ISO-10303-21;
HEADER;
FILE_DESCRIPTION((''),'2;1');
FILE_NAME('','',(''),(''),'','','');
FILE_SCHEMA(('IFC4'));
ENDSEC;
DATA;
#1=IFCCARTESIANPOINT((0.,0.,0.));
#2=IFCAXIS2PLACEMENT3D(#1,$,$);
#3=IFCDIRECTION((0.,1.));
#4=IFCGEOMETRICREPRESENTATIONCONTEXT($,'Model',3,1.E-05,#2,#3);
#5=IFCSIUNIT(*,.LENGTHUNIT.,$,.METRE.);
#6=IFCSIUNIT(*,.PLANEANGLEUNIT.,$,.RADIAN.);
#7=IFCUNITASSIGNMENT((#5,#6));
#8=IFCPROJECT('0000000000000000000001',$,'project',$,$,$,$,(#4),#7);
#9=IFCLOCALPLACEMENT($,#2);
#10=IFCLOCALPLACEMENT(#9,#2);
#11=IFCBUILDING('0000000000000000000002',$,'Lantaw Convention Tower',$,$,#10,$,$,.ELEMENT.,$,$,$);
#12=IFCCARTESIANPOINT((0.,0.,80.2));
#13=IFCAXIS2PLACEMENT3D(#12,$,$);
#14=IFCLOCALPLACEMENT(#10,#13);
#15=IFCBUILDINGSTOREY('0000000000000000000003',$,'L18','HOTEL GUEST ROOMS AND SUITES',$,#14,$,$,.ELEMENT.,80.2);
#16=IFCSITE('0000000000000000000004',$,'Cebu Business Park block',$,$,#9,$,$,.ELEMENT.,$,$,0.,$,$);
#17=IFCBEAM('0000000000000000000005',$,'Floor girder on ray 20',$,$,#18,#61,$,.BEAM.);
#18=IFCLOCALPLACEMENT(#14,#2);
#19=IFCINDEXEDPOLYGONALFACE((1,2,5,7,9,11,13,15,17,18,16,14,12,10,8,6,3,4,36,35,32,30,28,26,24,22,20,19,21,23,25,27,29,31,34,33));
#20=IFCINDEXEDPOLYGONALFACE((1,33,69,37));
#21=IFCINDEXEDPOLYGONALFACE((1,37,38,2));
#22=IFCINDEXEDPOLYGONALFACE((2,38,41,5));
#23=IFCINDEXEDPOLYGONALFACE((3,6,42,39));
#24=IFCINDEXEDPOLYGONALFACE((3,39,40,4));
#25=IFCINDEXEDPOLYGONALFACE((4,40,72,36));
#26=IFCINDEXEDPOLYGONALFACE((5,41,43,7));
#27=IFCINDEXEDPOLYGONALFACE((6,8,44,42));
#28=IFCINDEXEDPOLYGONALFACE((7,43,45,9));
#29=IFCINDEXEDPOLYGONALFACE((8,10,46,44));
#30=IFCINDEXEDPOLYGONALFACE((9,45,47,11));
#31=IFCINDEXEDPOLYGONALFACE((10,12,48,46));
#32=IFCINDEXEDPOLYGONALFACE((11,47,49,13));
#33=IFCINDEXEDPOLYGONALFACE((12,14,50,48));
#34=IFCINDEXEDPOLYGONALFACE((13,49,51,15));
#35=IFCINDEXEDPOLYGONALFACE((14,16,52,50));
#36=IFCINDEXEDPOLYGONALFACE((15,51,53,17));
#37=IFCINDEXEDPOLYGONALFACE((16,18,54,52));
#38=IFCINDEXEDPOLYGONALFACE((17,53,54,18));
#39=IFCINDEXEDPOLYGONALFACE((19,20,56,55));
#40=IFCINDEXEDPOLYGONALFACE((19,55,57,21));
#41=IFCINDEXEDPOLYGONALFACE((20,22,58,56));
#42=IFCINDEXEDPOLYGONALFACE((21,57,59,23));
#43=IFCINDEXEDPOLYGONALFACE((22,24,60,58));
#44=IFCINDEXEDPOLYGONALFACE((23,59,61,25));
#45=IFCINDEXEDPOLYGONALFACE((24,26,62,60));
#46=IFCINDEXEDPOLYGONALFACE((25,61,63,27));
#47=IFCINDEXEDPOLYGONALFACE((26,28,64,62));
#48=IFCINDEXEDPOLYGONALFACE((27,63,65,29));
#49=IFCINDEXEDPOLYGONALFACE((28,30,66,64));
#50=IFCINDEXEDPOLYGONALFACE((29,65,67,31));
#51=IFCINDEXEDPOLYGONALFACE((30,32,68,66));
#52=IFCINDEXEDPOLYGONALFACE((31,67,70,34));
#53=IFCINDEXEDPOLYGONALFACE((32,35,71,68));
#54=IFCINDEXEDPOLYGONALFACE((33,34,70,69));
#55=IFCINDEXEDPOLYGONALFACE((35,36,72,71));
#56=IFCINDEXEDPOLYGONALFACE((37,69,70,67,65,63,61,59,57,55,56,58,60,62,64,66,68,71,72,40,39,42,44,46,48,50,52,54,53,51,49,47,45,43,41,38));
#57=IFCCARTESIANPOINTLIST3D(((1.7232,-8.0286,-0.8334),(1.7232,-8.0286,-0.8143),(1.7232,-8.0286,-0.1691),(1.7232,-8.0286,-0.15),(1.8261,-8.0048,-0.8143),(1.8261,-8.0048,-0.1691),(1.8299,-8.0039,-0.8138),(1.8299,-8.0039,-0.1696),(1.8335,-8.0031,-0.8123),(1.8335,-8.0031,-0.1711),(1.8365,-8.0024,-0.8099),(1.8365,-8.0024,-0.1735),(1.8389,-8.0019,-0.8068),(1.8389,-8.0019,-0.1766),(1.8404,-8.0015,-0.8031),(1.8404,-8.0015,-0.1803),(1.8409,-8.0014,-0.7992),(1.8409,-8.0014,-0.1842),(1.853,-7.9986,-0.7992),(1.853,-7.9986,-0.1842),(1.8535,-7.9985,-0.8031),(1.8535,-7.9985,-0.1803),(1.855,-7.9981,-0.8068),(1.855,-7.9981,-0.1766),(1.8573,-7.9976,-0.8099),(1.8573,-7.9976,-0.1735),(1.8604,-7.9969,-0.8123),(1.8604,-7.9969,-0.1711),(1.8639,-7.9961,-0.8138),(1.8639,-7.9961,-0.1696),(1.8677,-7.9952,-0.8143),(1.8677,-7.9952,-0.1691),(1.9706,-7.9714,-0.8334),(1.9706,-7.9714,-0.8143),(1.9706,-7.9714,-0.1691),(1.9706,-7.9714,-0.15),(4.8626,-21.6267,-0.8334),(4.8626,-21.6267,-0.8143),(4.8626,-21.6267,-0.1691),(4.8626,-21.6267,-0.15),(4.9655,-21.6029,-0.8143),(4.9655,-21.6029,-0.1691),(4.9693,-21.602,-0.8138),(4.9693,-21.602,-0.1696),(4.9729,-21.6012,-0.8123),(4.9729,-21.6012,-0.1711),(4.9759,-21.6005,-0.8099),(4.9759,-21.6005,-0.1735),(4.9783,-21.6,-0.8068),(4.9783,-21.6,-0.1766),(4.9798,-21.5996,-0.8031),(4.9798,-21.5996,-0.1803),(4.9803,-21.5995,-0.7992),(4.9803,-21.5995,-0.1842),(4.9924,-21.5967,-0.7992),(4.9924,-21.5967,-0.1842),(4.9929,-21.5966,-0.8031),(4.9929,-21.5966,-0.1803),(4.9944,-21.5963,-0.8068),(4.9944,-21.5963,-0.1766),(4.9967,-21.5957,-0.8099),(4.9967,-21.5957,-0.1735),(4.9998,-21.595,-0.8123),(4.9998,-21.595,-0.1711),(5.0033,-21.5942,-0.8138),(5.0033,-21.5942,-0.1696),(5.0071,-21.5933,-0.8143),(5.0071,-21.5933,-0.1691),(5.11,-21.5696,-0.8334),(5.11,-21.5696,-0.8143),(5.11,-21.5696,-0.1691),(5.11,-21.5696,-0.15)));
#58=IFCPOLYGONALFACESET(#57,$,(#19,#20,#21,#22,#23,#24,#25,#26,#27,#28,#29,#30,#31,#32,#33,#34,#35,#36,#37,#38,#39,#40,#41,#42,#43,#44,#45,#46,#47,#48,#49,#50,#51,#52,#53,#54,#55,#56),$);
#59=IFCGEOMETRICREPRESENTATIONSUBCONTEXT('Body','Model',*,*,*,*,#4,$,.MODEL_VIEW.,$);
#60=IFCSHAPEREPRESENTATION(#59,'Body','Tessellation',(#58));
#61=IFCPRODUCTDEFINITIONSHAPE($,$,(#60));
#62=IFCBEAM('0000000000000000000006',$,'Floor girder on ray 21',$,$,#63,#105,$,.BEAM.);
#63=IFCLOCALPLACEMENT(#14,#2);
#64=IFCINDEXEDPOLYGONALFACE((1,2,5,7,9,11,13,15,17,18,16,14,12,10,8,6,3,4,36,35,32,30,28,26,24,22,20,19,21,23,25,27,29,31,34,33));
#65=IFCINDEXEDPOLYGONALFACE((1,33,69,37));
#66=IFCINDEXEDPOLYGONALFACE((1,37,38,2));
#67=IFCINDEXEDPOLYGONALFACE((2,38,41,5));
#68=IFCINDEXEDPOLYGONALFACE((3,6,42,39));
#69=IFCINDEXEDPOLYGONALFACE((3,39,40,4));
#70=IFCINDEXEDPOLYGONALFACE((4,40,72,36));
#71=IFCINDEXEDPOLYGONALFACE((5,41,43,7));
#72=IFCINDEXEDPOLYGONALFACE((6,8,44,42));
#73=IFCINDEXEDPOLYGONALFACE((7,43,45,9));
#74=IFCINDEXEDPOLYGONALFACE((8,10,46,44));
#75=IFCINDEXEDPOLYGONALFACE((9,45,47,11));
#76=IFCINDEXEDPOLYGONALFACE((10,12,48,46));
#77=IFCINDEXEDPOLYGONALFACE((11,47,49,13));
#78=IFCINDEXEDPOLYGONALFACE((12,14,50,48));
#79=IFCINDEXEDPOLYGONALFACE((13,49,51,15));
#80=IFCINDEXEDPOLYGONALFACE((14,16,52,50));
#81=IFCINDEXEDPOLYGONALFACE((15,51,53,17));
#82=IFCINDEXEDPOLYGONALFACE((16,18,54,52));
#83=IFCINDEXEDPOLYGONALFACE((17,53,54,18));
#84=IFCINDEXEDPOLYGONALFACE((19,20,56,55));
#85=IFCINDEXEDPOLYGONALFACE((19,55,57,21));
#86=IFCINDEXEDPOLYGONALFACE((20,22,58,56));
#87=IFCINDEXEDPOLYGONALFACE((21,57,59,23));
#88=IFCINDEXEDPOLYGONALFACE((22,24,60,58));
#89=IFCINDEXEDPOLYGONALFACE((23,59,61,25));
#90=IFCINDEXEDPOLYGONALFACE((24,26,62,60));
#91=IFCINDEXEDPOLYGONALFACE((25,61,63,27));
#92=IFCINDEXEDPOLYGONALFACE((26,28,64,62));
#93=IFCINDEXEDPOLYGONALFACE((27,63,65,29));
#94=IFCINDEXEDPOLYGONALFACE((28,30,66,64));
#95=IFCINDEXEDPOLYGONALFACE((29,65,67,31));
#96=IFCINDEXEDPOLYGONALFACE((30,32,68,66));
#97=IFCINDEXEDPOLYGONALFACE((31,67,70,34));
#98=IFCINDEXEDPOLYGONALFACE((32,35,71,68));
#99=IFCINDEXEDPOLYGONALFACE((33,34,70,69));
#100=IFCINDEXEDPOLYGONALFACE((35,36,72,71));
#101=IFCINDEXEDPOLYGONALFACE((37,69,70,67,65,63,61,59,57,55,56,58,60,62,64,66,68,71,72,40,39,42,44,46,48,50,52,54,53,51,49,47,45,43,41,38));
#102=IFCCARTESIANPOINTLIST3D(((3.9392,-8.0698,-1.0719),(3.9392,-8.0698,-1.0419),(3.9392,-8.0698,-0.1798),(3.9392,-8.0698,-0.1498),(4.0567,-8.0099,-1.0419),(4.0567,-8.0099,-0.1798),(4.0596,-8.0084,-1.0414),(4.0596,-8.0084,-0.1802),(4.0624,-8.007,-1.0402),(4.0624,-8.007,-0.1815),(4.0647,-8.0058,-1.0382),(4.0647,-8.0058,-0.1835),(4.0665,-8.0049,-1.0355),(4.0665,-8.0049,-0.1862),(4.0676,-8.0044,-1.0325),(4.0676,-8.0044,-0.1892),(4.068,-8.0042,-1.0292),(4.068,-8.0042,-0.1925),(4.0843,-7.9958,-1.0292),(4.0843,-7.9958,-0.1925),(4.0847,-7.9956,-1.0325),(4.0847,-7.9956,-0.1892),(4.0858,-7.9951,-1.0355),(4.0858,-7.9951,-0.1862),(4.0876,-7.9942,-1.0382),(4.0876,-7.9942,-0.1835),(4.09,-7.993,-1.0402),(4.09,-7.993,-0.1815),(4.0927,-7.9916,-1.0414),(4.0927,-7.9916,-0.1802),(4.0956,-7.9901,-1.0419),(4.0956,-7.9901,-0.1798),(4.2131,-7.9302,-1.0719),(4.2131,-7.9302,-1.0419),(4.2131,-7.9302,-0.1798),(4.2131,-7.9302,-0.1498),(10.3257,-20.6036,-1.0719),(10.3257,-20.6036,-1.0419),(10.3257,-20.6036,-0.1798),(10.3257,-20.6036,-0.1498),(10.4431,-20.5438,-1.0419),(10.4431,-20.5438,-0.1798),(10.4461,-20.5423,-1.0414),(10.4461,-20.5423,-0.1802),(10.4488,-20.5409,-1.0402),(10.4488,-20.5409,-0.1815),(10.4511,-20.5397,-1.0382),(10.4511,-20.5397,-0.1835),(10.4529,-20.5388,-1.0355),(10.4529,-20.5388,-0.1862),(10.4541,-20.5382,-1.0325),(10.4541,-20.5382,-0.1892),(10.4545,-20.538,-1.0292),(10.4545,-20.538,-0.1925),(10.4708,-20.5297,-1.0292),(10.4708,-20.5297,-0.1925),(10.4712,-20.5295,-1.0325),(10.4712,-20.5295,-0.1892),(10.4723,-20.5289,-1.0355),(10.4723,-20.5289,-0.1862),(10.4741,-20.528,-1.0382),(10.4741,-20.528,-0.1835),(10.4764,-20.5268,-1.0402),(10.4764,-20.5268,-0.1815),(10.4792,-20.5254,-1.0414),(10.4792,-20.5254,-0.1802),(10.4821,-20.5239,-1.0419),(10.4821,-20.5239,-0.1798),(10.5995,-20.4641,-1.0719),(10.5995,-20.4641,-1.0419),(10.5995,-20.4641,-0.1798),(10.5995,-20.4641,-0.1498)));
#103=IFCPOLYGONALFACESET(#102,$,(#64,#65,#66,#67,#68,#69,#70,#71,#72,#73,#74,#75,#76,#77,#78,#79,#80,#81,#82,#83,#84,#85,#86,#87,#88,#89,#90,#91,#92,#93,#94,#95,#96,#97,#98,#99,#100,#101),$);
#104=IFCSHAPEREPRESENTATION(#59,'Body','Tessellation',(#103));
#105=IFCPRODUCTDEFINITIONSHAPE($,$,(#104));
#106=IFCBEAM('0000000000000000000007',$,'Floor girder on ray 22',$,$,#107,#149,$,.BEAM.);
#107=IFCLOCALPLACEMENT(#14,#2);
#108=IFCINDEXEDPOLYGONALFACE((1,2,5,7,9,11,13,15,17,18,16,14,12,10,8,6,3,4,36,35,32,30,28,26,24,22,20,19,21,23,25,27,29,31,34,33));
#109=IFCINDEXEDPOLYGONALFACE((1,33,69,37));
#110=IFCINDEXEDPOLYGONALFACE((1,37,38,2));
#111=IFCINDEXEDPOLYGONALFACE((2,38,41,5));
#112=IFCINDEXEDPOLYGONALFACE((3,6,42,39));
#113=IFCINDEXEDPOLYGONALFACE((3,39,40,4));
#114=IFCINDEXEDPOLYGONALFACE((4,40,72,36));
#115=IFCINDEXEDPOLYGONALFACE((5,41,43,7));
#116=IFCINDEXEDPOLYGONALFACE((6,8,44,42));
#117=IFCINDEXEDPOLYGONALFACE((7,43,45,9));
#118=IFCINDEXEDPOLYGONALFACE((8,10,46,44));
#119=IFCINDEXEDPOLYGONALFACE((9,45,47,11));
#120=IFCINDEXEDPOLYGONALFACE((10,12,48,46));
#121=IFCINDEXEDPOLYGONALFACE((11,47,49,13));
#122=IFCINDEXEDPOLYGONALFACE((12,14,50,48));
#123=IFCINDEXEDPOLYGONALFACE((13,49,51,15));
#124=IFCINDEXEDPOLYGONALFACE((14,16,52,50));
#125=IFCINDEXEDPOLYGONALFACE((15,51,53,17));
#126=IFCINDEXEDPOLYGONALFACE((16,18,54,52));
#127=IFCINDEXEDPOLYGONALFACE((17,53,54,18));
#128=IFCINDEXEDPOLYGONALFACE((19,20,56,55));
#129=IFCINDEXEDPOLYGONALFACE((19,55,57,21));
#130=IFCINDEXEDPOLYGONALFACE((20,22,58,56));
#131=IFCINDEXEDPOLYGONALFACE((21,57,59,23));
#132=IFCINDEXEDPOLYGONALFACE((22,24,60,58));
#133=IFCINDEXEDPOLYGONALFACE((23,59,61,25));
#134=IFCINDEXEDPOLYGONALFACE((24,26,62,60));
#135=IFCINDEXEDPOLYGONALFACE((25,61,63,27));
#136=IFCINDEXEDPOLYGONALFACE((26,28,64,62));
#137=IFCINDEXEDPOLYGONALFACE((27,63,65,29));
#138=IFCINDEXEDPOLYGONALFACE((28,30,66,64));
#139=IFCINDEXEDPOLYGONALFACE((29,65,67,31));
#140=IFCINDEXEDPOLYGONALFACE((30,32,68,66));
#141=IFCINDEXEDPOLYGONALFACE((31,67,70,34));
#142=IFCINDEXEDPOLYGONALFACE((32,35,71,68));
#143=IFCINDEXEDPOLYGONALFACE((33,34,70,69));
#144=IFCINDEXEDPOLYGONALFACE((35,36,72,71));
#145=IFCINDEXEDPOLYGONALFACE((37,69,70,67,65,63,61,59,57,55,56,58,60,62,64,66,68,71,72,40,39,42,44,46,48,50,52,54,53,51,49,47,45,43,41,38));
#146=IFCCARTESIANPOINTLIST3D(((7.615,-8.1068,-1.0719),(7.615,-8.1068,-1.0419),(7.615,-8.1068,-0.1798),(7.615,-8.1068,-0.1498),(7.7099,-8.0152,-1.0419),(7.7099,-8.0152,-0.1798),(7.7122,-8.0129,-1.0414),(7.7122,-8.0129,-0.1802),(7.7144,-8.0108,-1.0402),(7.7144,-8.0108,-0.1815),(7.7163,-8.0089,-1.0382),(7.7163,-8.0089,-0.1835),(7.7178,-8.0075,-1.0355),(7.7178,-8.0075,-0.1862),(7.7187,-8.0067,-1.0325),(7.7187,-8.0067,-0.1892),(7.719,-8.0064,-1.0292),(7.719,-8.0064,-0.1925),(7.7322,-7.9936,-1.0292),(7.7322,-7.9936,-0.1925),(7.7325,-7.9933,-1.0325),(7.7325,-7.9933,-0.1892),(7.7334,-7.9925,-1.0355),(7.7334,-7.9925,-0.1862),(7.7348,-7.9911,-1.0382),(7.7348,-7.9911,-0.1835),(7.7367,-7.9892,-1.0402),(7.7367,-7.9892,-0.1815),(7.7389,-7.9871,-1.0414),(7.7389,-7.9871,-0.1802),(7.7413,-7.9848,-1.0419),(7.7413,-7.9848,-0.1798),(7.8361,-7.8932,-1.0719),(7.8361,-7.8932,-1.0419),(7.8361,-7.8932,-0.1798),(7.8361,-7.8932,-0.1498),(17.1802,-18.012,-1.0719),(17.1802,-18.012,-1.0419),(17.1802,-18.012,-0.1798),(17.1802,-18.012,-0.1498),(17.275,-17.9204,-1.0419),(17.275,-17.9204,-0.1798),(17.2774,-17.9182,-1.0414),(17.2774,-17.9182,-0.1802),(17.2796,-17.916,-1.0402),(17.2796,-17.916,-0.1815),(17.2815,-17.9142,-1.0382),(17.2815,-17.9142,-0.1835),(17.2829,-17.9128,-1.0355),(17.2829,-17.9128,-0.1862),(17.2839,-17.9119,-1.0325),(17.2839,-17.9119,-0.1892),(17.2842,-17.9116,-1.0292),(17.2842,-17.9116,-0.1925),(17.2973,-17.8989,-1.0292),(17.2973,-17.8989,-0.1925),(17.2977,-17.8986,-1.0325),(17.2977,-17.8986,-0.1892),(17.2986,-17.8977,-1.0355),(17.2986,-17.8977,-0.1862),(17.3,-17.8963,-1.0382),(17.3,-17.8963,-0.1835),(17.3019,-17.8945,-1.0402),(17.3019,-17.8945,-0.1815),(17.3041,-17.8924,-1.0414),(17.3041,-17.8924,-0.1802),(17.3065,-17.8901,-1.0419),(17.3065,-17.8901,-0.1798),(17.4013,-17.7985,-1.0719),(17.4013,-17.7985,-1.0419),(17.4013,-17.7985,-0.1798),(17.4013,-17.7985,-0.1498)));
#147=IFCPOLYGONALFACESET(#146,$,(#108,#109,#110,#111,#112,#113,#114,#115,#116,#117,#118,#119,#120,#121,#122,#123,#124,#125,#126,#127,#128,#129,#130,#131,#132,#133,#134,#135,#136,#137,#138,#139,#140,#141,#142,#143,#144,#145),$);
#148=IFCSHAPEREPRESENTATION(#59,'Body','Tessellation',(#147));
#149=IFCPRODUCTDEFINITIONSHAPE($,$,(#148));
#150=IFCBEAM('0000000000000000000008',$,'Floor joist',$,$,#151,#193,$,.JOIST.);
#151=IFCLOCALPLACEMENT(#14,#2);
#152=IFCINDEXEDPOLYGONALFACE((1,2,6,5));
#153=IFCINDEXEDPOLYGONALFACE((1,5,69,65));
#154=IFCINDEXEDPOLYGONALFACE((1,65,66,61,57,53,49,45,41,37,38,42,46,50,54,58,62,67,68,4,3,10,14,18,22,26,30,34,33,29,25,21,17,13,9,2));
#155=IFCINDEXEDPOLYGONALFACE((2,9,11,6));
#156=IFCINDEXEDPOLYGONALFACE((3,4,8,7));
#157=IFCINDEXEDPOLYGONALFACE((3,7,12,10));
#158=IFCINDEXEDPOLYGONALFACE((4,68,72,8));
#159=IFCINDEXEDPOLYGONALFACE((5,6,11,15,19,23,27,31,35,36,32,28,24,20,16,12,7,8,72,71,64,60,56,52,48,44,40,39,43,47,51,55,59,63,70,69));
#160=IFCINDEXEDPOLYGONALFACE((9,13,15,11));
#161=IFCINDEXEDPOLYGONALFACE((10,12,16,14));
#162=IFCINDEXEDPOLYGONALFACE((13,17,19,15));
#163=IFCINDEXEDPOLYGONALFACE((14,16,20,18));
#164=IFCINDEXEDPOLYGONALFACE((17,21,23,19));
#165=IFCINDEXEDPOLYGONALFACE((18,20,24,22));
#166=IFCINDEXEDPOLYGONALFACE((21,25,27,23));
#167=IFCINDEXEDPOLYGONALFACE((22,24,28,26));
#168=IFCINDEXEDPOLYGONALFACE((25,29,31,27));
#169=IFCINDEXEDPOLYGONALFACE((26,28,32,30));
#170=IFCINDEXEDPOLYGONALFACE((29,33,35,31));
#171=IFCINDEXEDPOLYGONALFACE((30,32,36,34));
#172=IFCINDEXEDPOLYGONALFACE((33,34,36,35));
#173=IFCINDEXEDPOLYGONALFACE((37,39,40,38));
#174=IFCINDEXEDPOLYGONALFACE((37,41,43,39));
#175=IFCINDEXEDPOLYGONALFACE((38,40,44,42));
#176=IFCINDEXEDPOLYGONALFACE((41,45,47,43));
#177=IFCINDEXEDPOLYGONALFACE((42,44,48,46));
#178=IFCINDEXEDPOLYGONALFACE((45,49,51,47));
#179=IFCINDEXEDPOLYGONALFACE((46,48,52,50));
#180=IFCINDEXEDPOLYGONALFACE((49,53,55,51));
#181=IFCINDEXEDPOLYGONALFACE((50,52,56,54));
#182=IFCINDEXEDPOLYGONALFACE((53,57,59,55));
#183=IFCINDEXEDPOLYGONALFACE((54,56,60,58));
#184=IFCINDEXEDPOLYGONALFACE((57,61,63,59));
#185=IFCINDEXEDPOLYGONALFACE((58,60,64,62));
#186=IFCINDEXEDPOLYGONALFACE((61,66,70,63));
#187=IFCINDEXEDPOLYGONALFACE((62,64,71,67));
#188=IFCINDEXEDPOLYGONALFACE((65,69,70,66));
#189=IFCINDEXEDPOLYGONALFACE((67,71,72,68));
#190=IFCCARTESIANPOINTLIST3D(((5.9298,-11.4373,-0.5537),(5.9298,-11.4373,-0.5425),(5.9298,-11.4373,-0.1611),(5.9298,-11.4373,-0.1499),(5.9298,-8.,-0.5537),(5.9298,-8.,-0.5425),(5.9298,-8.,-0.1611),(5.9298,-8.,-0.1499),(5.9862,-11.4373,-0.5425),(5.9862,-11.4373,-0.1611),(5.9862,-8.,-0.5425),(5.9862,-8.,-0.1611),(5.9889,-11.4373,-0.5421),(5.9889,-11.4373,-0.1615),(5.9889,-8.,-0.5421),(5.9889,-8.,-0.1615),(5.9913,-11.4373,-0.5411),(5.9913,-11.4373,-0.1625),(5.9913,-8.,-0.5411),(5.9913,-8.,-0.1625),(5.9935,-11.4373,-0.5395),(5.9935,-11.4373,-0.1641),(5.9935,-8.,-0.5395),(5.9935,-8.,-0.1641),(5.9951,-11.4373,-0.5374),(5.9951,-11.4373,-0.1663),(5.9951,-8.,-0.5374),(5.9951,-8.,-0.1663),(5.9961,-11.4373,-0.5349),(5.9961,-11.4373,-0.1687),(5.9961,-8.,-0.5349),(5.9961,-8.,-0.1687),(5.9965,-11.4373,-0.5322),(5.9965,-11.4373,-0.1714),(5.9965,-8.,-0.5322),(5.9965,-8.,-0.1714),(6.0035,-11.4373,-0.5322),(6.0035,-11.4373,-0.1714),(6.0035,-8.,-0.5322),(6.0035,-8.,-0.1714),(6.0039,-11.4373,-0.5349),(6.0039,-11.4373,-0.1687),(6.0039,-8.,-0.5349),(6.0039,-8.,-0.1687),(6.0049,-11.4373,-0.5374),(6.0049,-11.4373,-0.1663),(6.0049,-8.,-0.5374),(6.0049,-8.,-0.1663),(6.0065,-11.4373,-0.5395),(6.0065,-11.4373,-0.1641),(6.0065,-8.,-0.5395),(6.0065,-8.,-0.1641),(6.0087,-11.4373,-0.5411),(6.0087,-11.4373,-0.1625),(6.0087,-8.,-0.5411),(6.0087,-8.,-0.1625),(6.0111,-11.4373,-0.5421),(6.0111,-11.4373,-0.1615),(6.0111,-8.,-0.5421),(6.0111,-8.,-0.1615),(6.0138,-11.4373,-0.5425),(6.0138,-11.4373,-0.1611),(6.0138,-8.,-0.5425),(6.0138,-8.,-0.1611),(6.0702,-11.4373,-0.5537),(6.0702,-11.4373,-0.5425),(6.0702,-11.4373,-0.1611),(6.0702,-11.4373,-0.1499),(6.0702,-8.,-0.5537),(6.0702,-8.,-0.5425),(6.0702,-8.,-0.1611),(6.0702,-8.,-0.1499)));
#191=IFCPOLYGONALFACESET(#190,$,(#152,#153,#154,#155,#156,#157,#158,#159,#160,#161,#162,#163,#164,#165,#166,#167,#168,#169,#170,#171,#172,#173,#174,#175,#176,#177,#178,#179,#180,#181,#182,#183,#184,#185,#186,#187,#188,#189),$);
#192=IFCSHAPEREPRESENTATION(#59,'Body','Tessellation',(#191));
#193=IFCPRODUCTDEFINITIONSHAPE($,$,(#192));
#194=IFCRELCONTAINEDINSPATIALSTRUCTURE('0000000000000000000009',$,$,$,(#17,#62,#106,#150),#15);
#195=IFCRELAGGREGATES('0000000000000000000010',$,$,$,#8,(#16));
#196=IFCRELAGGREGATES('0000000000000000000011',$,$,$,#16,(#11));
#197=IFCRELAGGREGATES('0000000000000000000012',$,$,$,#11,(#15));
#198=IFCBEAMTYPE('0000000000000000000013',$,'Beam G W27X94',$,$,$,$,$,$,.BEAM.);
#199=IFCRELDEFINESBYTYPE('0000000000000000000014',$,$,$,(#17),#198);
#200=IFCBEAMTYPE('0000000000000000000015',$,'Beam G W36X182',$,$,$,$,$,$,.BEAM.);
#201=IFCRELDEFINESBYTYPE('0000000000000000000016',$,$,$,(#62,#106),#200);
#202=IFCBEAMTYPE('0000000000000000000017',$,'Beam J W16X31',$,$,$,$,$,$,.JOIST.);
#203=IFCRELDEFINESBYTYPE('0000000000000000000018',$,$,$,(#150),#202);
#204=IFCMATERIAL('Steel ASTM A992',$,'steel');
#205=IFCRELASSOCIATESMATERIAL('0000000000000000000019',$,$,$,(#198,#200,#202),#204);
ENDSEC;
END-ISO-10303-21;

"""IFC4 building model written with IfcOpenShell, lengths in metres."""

from ifc_helpers import new_model, si_unit, direction, frame, origin, origin_2d, place, context, subcontext, project, spatial, i_section, extrude, material, material_profile, profile_set, type_object, element, save


model = new_model("IFC4")

# Units and contexts
model_context = context("Model", 3, precision=1e-05, world=origin(), true_north=direction((0.0, 1.0)))
body_context = subcontext(model_context, "Body", "Model", "MODEL_VIEW")
ifc_project = project(units=[si_unit("LENGTHUNIT", "METRE"), si_unit("PLANEANGLEUNIT", "RADIAN")], contexts=[model_context])

# Site, building, storey
site_placement = place(None, origin())
site = spatial("IfcSite", under=ifc_project, at=site_placement, Name="Cebu Business Park block", CompositionType="ELEMENT", RefElevation=0.0)
building_placement = place(site_placement, origin())
building = spatial("IfcBuilding", under=site, at=building_placement, Name="Lantaw Convention Tower", CompositionType="ELEMENT")
storey_placement = place(building_placement, frame((0.0, 0.0, 80.2)))
storey = spatial("IfcBuildingStorey", under=building, at=storey_placement, Name="L18", Description="HOTEL GUEST ROOMS AND SUITES", CompositionType="ELEMENT", Elevation=80.2)

# Beams
ifc_material_1 = material(Name="Steel ASTM A992", Category="steel")
ifc_material_profile_1 = material_profile(ifc_material_1, i_section(OverallWidth=0.2539, OverallDepth=0.6833, WebThickness=0.0125, FlangeThickness=0.019, FilletRadius=0.0151, at=origin_2d()), Name="W27X94")
ifc_profile_set_1 = profile_set([ifc_material_profile_1], Name="Steel ASTM A992")
beam_type_1 = type_object("IfcBeamType", Name="Beam G W27X94", PredefinedType="BEAM", material=ifc_profile_set_1)
beam_1_placement = place(storey_placement, frame((1.8469, -8.0, -0.4917), z_axis=(0.224953, -0.97437, 0.0), x_axis=(0.97437, 0.224953, 0.0)))
element("IfcBeam", 1, at=beam_1_placement, inside=storey, type_object=beam_type_1, Name="Floor girder on ray 20", PredefinedType="BEAM", context=body_context, shape_type="SweptSolid", body=[
    extrude(i_section(OverallWidth=0.2539, OverallDepth=0.6833, WebThickness=0.0125, FlangeThickness=0.019, FilletRadius=0.0151, at=origin_2d()), origin(), (0.0, 0.0, 1.0), 13.9558),
])
ifc_material_profile_2 = material_profile(ifc_material_1, i_section(OverallWidth=0.3074, OverallDepth=0.9221, WebThickness=0.0183, FlangeThickness=0.03, FilletRadius=0.0127, at=origin_2d()), Name="W36X182")
ifc_profile_set_2 = profile_set([ifc_material_profile_2], Name="Steel ASTM A992")
beam_type_2 = type_object("IfcBeamType", Name="Beam G W36X182", PredefinedType="BEAM", material=ifc_profile_set_2)
beam_2_placement = place(storey_placement, frame((4.0762, -8.0, -0.6108), z_axis=(0.453997, -0.891003, 0.0), x_axis=(0.891003, 0.453997, 0.0)))
element("IfcBeam", 2, at=beam_2_placement, inside=storey, type_object=beam_type_2, Name="Floor girder on ray 21", PredefinedType="BEAM", context=body_context, shape_type="SweptSolid", body=[
    extrude(i_section(OverallWidth=0.3074, OverallDepth=0.9221, WebThickness=0.0183, FlangeThickness=0.03, FilletRadius=0.0127, at=origin_2d()), origin(), (0.0, 0.0, 1.0), 14.0671),
])
beam_3_placement = place(storey_placement, frame((7.7256, -8.0, -0.6108), z_axis=(0.69465, -0.719348, 0.0), x_axis=(0.719348, 0.69465, 0.0)))
element("IfcBeam", 3, at=beam_3_placement, inside=storey, type_object=beam_type_2, Name="Floor girder on ray 22", PredefinedType="BEAM", context=body_context, shape_type="SweptSolid", body=[
    extrude(i_section(OverallWidth=0.3074, OverallDepth=0.9221, WebThickness=0.0183, FlangeThickness=0.03, FilletRadius=0.0127, at=origin_2d()), origin(), (0.0, 0.0, 1.0), 13.7698),
])
ifc_material_profile_3 = material_profile(ifc_material_1, i_section(OverallWidth=0.1404, OverallDepth=0.4038, WebThickness=0.0071, FlangeThickness=0.0112, FilletRadius=0.0103, at=origin_2d()), Name="W16X31")
ifc_profile_set_3 = profile_set([ifc_material_profile_3], Name="Steel ASTM A992")
beam_type_3 = type_object("IfcBeamType", Name="Beam J W16X31", PredefinedType="JOIST", material=ifc_profile_set_3)
beam_4_placement = place(storey_placement, frame((6.0, -11.4373, -0.3518), z_axis=(0.0, 1.0, 0.0), x_axis=(-1.0, 0.0, 0.0)))
element("IfcBeam", 4, at=beam_4_placement, inside=storey, type_object=beam_type_3, Name="Floor joist", PredefinedType="JOIST", context=body_context, shape_type="SweptSolid", body=[
    extrude(i_section(OverallWidth=0.1404, OverallDepth=0.4038, WebThickness=0.0071, FlangeThickness=0.0112, FilletRadius=0.0103, at=origin_2d()), origin(), (0.0, 0.0, 1.0), 3.4373),
])

save(model, "model.ifc")
